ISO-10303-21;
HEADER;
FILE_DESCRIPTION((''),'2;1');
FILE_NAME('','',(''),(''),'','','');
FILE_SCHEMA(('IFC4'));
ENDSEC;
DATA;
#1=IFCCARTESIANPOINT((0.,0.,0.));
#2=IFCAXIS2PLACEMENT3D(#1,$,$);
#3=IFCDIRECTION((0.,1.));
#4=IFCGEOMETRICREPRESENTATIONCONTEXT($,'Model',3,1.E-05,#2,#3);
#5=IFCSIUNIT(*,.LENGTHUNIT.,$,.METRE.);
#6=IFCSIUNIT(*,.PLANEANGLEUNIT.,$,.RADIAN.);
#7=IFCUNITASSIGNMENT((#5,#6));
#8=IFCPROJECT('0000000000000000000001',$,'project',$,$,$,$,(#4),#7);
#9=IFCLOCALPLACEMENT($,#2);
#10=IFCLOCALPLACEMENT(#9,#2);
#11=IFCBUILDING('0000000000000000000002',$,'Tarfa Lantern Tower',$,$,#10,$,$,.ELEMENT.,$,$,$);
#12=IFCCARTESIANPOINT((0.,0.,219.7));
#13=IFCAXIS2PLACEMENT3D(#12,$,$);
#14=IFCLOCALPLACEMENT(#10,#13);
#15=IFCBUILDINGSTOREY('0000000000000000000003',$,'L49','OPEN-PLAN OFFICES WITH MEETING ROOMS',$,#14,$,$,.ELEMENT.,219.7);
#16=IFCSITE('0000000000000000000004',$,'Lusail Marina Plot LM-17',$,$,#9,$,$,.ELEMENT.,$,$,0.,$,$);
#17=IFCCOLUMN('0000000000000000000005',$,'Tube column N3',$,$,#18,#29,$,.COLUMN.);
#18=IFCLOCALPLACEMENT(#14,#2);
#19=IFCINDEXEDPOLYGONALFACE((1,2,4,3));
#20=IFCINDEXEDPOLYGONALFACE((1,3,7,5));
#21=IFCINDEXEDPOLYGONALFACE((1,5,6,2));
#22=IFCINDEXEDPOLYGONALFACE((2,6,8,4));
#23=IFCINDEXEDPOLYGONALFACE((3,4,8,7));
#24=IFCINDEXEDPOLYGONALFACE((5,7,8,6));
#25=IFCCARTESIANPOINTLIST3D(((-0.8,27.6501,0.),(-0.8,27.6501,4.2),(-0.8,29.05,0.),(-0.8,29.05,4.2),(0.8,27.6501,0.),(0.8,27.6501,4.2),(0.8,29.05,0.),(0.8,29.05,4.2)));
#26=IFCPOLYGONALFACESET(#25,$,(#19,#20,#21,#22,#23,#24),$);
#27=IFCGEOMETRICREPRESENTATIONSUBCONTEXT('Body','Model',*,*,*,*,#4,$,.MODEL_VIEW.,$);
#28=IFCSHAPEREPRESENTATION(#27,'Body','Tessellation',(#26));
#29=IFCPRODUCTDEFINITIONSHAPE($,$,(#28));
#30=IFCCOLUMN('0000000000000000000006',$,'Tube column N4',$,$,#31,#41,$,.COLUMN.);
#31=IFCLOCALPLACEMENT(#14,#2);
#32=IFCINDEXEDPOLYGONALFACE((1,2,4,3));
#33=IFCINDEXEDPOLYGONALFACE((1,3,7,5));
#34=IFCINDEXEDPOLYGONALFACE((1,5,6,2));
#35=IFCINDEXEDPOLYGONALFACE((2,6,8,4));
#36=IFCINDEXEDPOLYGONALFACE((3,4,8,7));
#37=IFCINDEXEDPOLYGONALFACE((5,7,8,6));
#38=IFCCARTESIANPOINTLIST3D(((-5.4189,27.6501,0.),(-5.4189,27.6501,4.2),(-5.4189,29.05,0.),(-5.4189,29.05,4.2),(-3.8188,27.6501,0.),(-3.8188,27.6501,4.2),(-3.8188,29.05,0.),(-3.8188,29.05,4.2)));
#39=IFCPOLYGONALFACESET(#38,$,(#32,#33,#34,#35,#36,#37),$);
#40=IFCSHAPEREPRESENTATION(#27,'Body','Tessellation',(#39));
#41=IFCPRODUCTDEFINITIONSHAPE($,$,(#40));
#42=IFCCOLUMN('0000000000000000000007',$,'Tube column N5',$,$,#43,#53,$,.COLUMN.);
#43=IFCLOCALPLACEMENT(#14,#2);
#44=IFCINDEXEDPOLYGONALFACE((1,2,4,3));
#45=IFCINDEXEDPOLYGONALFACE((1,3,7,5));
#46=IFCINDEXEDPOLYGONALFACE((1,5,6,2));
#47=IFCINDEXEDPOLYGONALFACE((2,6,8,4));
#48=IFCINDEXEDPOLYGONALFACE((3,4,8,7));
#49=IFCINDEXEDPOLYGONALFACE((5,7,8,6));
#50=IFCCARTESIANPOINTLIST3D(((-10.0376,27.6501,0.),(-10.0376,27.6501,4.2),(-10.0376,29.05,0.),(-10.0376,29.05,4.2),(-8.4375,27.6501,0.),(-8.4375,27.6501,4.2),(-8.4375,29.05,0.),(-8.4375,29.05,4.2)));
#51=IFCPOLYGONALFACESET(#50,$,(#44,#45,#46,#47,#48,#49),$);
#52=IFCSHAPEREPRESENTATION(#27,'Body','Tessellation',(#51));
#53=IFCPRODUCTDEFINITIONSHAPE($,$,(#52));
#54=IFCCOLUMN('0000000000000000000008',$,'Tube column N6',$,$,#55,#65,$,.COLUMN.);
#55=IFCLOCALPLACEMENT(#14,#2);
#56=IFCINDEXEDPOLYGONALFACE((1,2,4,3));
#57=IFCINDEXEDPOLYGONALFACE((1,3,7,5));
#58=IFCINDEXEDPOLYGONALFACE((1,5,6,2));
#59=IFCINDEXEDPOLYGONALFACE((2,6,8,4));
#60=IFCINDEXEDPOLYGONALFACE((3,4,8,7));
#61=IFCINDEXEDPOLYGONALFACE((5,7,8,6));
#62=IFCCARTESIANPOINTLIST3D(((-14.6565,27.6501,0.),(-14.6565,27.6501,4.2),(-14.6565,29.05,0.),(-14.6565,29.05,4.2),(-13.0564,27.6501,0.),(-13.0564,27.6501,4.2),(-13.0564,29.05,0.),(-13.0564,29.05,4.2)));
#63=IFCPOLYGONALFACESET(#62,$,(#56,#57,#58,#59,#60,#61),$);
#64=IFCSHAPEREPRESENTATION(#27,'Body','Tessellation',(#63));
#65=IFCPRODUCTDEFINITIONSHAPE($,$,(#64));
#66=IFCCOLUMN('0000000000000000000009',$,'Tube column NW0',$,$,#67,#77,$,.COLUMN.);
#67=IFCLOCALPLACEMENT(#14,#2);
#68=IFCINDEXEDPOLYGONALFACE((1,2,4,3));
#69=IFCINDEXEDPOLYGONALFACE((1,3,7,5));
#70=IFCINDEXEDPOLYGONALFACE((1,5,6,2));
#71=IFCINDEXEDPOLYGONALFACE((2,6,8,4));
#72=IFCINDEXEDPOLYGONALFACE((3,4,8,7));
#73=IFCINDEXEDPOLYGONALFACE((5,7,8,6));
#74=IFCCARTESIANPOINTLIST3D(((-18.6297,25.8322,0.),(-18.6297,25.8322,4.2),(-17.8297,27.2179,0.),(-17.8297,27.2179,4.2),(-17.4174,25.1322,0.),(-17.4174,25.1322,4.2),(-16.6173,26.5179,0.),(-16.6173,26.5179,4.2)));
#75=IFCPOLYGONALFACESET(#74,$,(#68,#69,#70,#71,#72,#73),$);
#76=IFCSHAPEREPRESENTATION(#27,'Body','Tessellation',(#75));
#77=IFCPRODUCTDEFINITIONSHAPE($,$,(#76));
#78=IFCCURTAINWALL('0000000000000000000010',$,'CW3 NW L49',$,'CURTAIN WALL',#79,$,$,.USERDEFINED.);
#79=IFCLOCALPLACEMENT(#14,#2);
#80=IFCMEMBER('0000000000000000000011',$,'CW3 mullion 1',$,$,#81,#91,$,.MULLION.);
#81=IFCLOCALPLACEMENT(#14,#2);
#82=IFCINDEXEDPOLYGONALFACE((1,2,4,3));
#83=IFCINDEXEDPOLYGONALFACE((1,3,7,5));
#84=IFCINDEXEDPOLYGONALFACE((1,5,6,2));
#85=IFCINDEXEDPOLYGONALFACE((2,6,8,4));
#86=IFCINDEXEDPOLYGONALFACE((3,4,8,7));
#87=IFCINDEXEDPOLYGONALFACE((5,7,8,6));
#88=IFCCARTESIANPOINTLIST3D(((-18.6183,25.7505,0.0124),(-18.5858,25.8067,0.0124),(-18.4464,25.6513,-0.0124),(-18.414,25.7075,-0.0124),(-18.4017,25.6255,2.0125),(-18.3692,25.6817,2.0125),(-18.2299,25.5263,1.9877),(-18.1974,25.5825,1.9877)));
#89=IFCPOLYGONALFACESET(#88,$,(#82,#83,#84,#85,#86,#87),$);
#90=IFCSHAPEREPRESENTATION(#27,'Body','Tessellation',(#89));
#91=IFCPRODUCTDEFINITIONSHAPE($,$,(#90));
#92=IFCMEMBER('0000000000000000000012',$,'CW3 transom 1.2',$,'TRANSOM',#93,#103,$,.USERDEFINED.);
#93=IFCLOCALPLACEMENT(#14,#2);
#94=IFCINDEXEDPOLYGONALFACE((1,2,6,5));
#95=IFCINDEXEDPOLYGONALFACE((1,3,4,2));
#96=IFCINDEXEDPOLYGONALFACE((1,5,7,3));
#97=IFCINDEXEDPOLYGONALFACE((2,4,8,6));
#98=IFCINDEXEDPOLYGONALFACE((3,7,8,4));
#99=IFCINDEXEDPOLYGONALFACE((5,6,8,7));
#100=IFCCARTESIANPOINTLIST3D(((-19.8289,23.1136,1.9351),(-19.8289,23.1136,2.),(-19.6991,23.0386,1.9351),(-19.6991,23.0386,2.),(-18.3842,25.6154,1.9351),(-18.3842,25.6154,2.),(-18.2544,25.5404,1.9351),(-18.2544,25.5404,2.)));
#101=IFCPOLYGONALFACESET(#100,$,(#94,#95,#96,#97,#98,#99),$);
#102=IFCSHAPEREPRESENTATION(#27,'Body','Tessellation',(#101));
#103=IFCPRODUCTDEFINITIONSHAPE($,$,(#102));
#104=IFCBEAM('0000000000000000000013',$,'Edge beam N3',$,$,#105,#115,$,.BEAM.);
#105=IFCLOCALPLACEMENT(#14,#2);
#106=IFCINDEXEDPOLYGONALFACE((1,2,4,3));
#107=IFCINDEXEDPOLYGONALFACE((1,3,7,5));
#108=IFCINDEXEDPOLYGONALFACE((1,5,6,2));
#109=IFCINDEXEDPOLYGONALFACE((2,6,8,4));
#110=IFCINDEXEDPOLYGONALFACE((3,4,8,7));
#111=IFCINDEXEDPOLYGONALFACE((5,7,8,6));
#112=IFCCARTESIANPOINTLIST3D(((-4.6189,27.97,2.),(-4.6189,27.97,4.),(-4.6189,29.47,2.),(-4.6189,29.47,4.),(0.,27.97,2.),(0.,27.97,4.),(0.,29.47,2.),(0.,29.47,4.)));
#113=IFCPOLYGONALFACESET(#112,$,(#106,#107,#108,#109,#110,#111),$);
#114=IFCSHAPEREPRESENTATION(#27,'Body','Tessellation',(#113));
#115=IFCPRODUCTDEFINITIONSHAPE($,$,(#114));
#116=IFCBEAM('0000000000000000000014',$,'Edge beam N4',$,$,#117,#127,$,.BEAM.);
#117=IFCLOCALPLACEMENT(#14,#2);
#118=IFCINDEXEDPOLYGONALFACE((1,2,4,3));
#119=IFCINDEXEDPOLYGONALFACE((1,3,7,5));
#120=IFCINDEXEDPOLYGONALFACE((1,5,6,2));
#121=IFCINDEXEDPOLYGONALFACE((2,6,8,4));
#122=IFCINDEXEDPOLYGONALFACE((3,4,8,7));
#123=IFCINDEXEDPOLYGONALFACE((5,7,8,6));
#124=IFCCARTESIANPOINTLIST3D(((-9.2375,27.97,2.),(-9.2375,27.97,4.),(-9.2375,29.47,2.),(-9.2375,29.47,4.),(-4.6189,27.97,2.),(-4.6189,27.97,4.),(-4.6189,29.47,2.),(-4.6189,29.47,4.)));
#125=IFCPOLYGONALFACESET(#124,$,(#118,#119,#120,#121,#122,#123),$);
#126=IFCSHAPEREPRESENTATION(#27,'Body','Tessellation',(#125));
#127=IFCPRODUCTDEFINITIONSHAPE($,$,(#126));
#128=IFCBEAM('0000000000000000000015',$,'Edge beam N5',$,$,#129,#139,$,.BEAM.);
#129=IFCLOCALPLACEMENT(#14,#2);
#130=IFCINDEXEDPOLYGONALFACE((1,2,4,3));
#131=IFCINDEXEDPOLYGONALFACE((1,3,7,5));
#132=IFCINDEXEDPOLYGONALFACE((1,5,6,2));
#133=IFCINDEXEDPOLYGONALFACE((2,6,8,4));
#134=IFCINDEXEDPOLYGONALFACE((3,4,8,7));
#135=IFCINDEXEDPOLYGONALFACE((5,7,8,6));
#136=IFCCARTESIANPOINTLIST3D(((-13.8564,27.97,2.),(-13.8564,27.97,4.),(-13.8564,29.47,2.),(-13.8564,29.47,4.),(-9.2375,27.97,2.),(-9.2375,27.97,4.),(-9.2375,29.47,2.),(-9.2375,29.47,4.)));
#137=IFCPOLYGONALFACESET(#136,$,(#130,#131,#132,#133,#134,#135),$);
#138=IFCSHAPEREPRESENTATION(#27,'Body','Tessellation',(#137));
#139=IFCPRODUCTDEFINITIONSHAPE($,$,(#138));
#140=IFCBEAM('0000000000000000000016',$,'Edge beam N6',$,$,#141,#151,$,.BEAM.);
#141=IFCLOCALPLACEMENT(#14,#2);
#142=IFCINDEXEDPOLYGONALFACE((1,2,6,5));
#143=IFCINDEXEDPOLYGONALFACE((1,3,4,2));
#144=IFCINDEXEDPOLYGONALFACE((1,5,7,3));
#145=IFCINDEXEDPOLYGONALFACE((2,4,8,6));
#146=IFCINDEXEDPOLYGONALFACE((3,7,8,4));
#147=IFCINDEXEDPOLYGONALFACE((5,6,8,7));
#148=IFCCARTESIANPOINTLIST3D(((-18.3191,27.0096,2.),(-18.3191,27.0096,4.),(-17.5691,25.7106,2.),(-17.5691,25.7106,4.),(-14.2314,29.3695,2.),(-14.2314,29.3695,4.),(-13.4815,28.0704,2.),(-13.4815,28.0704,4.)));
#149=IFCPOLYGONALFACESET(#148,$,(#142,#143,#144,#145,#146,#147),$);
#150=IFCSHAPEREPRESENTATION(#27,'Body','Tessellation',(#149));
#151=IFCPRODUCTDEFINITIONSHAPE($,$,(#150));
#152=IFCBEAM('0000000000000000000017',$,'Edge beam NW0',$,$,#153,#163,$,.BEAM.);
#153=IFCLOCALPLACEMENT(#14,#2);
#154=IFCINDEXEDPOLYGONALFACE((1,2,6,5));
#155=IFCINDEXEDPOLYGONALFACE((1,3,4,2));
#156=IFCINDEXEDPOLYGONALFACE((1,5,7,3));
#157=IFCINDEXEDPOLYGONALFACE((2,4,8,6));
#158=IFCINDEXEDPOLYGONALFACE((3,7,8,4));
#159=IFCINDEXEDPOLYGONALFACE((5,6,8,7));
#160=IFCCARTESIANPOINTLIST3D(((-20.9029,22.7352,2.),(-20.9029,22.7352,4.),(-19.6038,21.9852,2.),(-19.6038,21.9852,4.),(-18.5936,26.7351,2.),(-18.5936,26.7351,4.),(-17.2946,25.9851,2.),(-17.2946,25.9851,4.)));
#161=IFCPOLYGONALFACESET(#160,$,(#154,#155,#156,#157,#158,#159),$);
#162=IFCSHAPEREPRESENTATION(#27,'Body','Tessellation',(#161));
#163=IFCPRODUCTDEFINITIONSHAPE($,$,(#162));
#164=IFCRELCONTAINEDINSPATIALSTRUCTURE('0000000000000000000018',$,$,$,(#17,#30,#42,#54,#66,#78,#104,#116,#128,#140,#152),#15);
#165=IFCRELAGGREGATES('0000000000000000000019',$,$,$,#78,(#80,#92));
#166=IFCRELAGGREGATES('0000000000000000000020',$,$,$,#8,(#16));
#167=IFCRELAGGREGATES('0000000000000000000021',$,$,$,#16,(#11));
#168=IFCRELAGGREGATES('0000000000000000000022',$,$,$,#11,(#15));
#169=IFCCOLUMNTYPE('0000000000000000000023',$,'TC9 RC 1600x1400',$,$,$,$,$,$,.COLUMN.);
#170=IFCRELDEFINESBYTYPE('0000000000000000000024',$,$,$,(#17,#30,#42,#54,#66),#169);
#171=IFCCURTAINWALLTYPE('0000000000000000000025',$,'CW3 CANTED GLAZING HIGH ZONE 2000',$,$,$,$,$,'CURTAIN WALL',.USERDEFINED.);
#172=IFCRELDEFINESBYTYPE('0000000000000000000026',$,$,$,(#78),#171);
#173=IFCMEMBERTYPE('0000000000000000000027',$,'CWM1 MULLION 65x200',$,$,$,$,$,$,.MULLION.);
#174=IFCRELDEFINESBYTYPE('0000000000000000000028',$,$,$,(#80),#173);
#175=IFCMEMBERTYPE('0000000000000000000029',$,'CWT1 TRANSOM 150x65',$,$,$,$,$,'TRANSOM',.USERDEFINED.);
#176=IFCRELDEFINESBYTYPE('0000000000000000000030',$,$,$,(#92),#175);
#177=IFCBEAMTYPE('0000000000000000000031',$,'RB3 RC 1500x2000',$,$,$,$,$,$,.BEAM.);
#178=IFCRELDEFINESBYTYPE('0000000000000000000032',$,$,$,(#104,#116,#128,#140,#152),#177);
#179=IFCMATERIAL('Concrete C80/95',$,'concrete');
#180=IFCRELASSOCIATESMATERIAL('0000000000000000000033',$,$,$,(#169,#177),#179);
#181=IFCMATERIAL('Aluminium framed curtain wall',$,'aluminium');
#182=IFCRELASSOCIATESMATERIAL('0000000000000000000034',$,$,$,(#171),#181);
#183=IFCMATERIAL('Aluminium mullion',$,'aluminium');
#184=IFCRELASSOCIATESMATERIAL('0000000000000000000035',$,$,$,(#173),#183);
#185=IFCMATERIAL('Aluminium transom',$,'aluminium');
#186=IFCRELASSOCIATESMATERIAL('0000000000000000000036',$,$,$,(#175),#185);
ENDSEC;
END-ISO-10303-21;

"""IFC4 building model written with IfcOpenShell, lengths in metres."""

from ifc_helpers import new_model, si_unit, direction, frame, origin, origin_2d, place, context, subcontext, project, spatial, rectangle, extrude, material, material_profile, profile_set, type_object, element, aggregate, save


model = new_model("IFC4")

# Units and contexts
model_context = context("Model", 3, precision=1e-05, world=origin(), true_north=direction((0.0, 1.0)))
body_context = subcontext(model_context, "Body", "Model", "MODEL_VIEW")
ifc_project = project(units=[si_unit("LENGTHUNIT", "METRE"), si_unit("PLANEANGLEUNIT", "RADIAN")], contexts=[model_context])

# Site, building, storey
site_placement = place(None, origin())
site = spatial("IfcSite", under=ifc_project, at=site_placement, Name="Lusail Marina Plot LM-17", CompositionType="ELEMENT", RefElevation=0.0)
building_placement = place(site_placement, origin())
building = spatial("IfcBuilding", under=site, at=building_placement, Name="Tarfa Lantern Tower", CompositionType="ELEMENT")
storey_placement = place(building_placement, frame((0.0, 0.0, 219.7)))
storey = spatial("IfcBuildingStorey", under=building, at=storey_placement, Name="L49", Description="OPEN-PLAN OFFICES WITH MEETING ROOMS", CompositionType="ELEMENT", Elevation=219.7)

# Columns
ifc_material_1 = material(Name="Concrete C80/95", Category="concrete")
ifc_material_profile_1 = material_profile(ifc_material_1, rectangle(XDim=1.6001, YDim=1.3999, at=origin_2d()), Name="RC 1600x1400")
ifc_profile_set_1 = profile_set([ifc_material_profile_1], Name="Concrete C80/95")
column_type = type_object("IfcColumnType", Name="TC9 RC 1600x1400", PredefinedType="COLUMN", material=ifc_profile_set_1)
for number, where, z_axis, x_axis, name in (
    (1, (0.0, 28.3501, 0.0), (0.0, 0.0, 1.0), (-1.0, 0.0, 0.0), "Tube column N3"),
    (2, (-4.6189, 28.3501, 0.0), (0.0, 0.0, 1.0), (-1.0, 0.0, 0.0), "Tube column N4"),
    (3, (-9.2375, 28.3501, 0.0), (0.0, 0.0, 1.0), (-1.0, 0.0, 0.0), "Tube column N5"),
    (4, (-13.8564, 28.3501, 0.0), (0.0, 0.0, 1.0), (-1.0, 0.0, 0.0), "Tube column N6"),
    (5, (-17.6235, 26.175, 0.0), (0.0, 0.0, 1.0), (-0.5, -0.866025, 0.0), "Tube column NW0"),
):
    element("IfcColumn", number, at=place(storey_placement, frame(where, z_axis=z_axis, x_axis=x_axis)), inside=storey, type_object=column_type, Name=name, PredefinedType="COLUMN", context=body_context, shape_type="SweptSolid", body=[
        extrude(rectangle(XDim=1.6001, YDim=1.3999, at=origin_2d()), origin(), (0.0, 0.0, 1.0), 4.2),
    ])

# Curtain wall, members
ifc_material_2 = material(Name="Aluminium framed curtain wall", Category="aluminium")
curtain_wall_type = type_object("IfcCurtainWallType", Name="CW3 CANTED GLAZING HIGH ZONE 2000", ElementType="CURTAIN WALL", PredefinedType="USERDEFINED", material=ifc_material_2)
curtain_wall_placement = place(storey_placement, origin())
curtain_wall = element("IfcCurtainWall", 6, at=curtain_wall_placement, inside=storey, type_object=curtain_wall_type, Name="CW3 NW L49", ObjectType="CURTAIN WALL", PredefinedType="USERDEFINED")
ifc_material_3 = material(Name="Aluminium mullion", Category="aluminium")
ifc_material_profile_2 = material_profile(ifc_material_3, rectangle(XDim=0.0649, YDim=0.2, at=origin_2d()), Name="AL MULLION 65x200")
ifc_profile_set_2 = profile_set([ifc_material_profile_2], Name="Aluminium mullion")
member_type_1 = type_object("IfcMemberType", Name="CWM1 MULLION 65x200", PredefinedType="MULLION", material=ifc_profile_set_2)
member_1_placement = place(storey_placement, frame((-18.5161, 25.729, 0.0), z_axis=(0.10744, -0.062017, 0.992275), x_axis=(0.49992, 0.866072, 0.0)))
member_1 = element("IfcMember", 7, at=member_1_placement, type_object=member_type_1, Name="CW3 mullion 1", PredefinedType="MULLION", context=body_context, shape_type="SweptSolid", body=[
    extrude(rectangle(XDim=0.0649, YDim=0.2, at=origin_2d()), origin(), (0.0, 0.0, 1.0), 2.0156),
])
ifc_material_4 = material(Name="Aluminium transom", Category="aluminium")
ifc_material_profile_3 = material_profile(ifc_material_4, rectangle(XDim=0.1499, YDim=0.0649, at=origin_2d()), Name="AL TRANSOM 150x65")
ifc_profile_set_3 = profile_set([ifc_material_profile_3], Name="Aluminium transom")
member_type_2 = type_object("IfcMemberType", Name="CWT1 TRANSOM 150x65", ElementType="TRANSOM", PredefinedType="USERDEFINED", material=ifc_profile_set_3)
member_2_placement = place(storey_placement, frame((-18.3193, 25.5779, 1.9675), z_axis=(-0.500057, -0.865993, 0.0), x_axis=(0.865993, -0.500057, 0.0)))
member_2 = element("IfcMember", 8, at=member_2_placement, type_object=member_type_2, Name="CW3 transom 1.2", ObjectType="TRANSOM", PredefinedType="USERDEFINED", context=body_context, shape_type="SweptSolid", body=[
    extrude(rectangle(XDim=0.1499, YDim=0.0649, at=origin_2d()), origin(), (0.0, 0.0, 1.0), 2.8889),
])
aggregate(curtain_wall, [member_1, member_2])

# Beams
ifc_material_profile_4 = material_profile(ifc_material_1, rectangle(XDim=1.5, YDim=2.0, at=origin_2d()), Name="RC 1500x2000")
ifc_profile_set_4 = profile_set([ifc_material_profile_4], Name="Concrete C80/95")
beam_type_1 = type_object("IfcBeamType", Name="RB3 RC 1500x2000", PredefinedType="BEAM", material=ifc_profile_set_4)
beam_1_placement = place(storey_placement, frame((0.0, 28.72, 3.0), z_axis=(-1.0, 0.0, 0.0), x_axis=(0.0, -1.0, 0.0)))
element("IfcBeam", 9, at=beam_1_placement, inside=storey, type_object=beam_type_1, Name="Edge beam N3", PredefinedType="BEAM", context=body_context, shape_type="SweptSolid", body=[
    extrude(rectangle(XDim=1.5, YDim=2.0, at=origin_2d()), origin(), (0.0, 0.0, 1.0), 4.6189),
])
beam_2_placement = place(storey_placement, frame((-4.6189, 28.72, 3.0), z_axis=(-1.0, 0.0, 0.0), x_axis=(0.0, -1.0, 0.0)))
element("IfcBeam", 10, at=beam_2_placement, inside=storey, type_object=beam_type_1, Name="Edge beam N4", PredefinedType="BEAM", context=body_context, shape_type="SweptSolid", body=[
    extrude(rectangle(XDim=1.5, YDim=2.0, at=origin_2d()), origin(), (0.0, 0.0, 1.0), 4.6187),
])
beam_3_placement = place(storey_placement, frame((-9.2375, 28.72, 3.0), z_axis=(-1.0, 0.0, 0.0), x_axis=(0.0, -1.0, 0.0)))
element("IfcBeam", 11, at=beam_3_placement, inside=storey, type_object=beam_type_1, Name="Edge beam N5", PredefinedType="BEAM", context=body_context, shape_type="SweptSolid", body=[
    extrude(rectangle(XDim=1.5, YDim=2.0, at=origin_2d()), origin(), (0.0, 0.0, 1.0), 4.6189),
])
beam_4_placement = place(storey_placement, frame((-13.8564, 28.72, 3.0), z_axis=(-0.866038, -0.499978, 0.0), x_axis=(0.499978, -0.866038, 0.0)))
element("IfcBeam", 12, at=beam_4_placement, inside=storey, type_object=beam_type_1, Name="Edge beam N6", PredefinedType="BEAM", context=body_context, shape_type="SweptSolid", body=[
    extrude(rectangle(XDim=1.5, YDim=2.0, at=origin_2d()), origin(), (0.0, 0.0, 1.0), 4.72),
])
beam_5_placement = place(storey_placement, frame((-17.9441, 26.3601, 3.0), z_axis=(-0.499988, -0.866032, 0.0), x_axis=(0.866032, -0.499988, 0.0)))
element("IfcBeam", 13, at=beam_5_placement, inside=storey, type_object=beam_type_1, Name="Edge beam NW0", PredefinedType="BEAM", context=body_context, shape_type="SweptSolid", body=[
    extrude(rectangle(XDim=1.5, YDim=2.0, at=origin_2d()), origin(), (0.0, 0.0, 1.0), 4.6187),
])

save(model, "model.ifc")
